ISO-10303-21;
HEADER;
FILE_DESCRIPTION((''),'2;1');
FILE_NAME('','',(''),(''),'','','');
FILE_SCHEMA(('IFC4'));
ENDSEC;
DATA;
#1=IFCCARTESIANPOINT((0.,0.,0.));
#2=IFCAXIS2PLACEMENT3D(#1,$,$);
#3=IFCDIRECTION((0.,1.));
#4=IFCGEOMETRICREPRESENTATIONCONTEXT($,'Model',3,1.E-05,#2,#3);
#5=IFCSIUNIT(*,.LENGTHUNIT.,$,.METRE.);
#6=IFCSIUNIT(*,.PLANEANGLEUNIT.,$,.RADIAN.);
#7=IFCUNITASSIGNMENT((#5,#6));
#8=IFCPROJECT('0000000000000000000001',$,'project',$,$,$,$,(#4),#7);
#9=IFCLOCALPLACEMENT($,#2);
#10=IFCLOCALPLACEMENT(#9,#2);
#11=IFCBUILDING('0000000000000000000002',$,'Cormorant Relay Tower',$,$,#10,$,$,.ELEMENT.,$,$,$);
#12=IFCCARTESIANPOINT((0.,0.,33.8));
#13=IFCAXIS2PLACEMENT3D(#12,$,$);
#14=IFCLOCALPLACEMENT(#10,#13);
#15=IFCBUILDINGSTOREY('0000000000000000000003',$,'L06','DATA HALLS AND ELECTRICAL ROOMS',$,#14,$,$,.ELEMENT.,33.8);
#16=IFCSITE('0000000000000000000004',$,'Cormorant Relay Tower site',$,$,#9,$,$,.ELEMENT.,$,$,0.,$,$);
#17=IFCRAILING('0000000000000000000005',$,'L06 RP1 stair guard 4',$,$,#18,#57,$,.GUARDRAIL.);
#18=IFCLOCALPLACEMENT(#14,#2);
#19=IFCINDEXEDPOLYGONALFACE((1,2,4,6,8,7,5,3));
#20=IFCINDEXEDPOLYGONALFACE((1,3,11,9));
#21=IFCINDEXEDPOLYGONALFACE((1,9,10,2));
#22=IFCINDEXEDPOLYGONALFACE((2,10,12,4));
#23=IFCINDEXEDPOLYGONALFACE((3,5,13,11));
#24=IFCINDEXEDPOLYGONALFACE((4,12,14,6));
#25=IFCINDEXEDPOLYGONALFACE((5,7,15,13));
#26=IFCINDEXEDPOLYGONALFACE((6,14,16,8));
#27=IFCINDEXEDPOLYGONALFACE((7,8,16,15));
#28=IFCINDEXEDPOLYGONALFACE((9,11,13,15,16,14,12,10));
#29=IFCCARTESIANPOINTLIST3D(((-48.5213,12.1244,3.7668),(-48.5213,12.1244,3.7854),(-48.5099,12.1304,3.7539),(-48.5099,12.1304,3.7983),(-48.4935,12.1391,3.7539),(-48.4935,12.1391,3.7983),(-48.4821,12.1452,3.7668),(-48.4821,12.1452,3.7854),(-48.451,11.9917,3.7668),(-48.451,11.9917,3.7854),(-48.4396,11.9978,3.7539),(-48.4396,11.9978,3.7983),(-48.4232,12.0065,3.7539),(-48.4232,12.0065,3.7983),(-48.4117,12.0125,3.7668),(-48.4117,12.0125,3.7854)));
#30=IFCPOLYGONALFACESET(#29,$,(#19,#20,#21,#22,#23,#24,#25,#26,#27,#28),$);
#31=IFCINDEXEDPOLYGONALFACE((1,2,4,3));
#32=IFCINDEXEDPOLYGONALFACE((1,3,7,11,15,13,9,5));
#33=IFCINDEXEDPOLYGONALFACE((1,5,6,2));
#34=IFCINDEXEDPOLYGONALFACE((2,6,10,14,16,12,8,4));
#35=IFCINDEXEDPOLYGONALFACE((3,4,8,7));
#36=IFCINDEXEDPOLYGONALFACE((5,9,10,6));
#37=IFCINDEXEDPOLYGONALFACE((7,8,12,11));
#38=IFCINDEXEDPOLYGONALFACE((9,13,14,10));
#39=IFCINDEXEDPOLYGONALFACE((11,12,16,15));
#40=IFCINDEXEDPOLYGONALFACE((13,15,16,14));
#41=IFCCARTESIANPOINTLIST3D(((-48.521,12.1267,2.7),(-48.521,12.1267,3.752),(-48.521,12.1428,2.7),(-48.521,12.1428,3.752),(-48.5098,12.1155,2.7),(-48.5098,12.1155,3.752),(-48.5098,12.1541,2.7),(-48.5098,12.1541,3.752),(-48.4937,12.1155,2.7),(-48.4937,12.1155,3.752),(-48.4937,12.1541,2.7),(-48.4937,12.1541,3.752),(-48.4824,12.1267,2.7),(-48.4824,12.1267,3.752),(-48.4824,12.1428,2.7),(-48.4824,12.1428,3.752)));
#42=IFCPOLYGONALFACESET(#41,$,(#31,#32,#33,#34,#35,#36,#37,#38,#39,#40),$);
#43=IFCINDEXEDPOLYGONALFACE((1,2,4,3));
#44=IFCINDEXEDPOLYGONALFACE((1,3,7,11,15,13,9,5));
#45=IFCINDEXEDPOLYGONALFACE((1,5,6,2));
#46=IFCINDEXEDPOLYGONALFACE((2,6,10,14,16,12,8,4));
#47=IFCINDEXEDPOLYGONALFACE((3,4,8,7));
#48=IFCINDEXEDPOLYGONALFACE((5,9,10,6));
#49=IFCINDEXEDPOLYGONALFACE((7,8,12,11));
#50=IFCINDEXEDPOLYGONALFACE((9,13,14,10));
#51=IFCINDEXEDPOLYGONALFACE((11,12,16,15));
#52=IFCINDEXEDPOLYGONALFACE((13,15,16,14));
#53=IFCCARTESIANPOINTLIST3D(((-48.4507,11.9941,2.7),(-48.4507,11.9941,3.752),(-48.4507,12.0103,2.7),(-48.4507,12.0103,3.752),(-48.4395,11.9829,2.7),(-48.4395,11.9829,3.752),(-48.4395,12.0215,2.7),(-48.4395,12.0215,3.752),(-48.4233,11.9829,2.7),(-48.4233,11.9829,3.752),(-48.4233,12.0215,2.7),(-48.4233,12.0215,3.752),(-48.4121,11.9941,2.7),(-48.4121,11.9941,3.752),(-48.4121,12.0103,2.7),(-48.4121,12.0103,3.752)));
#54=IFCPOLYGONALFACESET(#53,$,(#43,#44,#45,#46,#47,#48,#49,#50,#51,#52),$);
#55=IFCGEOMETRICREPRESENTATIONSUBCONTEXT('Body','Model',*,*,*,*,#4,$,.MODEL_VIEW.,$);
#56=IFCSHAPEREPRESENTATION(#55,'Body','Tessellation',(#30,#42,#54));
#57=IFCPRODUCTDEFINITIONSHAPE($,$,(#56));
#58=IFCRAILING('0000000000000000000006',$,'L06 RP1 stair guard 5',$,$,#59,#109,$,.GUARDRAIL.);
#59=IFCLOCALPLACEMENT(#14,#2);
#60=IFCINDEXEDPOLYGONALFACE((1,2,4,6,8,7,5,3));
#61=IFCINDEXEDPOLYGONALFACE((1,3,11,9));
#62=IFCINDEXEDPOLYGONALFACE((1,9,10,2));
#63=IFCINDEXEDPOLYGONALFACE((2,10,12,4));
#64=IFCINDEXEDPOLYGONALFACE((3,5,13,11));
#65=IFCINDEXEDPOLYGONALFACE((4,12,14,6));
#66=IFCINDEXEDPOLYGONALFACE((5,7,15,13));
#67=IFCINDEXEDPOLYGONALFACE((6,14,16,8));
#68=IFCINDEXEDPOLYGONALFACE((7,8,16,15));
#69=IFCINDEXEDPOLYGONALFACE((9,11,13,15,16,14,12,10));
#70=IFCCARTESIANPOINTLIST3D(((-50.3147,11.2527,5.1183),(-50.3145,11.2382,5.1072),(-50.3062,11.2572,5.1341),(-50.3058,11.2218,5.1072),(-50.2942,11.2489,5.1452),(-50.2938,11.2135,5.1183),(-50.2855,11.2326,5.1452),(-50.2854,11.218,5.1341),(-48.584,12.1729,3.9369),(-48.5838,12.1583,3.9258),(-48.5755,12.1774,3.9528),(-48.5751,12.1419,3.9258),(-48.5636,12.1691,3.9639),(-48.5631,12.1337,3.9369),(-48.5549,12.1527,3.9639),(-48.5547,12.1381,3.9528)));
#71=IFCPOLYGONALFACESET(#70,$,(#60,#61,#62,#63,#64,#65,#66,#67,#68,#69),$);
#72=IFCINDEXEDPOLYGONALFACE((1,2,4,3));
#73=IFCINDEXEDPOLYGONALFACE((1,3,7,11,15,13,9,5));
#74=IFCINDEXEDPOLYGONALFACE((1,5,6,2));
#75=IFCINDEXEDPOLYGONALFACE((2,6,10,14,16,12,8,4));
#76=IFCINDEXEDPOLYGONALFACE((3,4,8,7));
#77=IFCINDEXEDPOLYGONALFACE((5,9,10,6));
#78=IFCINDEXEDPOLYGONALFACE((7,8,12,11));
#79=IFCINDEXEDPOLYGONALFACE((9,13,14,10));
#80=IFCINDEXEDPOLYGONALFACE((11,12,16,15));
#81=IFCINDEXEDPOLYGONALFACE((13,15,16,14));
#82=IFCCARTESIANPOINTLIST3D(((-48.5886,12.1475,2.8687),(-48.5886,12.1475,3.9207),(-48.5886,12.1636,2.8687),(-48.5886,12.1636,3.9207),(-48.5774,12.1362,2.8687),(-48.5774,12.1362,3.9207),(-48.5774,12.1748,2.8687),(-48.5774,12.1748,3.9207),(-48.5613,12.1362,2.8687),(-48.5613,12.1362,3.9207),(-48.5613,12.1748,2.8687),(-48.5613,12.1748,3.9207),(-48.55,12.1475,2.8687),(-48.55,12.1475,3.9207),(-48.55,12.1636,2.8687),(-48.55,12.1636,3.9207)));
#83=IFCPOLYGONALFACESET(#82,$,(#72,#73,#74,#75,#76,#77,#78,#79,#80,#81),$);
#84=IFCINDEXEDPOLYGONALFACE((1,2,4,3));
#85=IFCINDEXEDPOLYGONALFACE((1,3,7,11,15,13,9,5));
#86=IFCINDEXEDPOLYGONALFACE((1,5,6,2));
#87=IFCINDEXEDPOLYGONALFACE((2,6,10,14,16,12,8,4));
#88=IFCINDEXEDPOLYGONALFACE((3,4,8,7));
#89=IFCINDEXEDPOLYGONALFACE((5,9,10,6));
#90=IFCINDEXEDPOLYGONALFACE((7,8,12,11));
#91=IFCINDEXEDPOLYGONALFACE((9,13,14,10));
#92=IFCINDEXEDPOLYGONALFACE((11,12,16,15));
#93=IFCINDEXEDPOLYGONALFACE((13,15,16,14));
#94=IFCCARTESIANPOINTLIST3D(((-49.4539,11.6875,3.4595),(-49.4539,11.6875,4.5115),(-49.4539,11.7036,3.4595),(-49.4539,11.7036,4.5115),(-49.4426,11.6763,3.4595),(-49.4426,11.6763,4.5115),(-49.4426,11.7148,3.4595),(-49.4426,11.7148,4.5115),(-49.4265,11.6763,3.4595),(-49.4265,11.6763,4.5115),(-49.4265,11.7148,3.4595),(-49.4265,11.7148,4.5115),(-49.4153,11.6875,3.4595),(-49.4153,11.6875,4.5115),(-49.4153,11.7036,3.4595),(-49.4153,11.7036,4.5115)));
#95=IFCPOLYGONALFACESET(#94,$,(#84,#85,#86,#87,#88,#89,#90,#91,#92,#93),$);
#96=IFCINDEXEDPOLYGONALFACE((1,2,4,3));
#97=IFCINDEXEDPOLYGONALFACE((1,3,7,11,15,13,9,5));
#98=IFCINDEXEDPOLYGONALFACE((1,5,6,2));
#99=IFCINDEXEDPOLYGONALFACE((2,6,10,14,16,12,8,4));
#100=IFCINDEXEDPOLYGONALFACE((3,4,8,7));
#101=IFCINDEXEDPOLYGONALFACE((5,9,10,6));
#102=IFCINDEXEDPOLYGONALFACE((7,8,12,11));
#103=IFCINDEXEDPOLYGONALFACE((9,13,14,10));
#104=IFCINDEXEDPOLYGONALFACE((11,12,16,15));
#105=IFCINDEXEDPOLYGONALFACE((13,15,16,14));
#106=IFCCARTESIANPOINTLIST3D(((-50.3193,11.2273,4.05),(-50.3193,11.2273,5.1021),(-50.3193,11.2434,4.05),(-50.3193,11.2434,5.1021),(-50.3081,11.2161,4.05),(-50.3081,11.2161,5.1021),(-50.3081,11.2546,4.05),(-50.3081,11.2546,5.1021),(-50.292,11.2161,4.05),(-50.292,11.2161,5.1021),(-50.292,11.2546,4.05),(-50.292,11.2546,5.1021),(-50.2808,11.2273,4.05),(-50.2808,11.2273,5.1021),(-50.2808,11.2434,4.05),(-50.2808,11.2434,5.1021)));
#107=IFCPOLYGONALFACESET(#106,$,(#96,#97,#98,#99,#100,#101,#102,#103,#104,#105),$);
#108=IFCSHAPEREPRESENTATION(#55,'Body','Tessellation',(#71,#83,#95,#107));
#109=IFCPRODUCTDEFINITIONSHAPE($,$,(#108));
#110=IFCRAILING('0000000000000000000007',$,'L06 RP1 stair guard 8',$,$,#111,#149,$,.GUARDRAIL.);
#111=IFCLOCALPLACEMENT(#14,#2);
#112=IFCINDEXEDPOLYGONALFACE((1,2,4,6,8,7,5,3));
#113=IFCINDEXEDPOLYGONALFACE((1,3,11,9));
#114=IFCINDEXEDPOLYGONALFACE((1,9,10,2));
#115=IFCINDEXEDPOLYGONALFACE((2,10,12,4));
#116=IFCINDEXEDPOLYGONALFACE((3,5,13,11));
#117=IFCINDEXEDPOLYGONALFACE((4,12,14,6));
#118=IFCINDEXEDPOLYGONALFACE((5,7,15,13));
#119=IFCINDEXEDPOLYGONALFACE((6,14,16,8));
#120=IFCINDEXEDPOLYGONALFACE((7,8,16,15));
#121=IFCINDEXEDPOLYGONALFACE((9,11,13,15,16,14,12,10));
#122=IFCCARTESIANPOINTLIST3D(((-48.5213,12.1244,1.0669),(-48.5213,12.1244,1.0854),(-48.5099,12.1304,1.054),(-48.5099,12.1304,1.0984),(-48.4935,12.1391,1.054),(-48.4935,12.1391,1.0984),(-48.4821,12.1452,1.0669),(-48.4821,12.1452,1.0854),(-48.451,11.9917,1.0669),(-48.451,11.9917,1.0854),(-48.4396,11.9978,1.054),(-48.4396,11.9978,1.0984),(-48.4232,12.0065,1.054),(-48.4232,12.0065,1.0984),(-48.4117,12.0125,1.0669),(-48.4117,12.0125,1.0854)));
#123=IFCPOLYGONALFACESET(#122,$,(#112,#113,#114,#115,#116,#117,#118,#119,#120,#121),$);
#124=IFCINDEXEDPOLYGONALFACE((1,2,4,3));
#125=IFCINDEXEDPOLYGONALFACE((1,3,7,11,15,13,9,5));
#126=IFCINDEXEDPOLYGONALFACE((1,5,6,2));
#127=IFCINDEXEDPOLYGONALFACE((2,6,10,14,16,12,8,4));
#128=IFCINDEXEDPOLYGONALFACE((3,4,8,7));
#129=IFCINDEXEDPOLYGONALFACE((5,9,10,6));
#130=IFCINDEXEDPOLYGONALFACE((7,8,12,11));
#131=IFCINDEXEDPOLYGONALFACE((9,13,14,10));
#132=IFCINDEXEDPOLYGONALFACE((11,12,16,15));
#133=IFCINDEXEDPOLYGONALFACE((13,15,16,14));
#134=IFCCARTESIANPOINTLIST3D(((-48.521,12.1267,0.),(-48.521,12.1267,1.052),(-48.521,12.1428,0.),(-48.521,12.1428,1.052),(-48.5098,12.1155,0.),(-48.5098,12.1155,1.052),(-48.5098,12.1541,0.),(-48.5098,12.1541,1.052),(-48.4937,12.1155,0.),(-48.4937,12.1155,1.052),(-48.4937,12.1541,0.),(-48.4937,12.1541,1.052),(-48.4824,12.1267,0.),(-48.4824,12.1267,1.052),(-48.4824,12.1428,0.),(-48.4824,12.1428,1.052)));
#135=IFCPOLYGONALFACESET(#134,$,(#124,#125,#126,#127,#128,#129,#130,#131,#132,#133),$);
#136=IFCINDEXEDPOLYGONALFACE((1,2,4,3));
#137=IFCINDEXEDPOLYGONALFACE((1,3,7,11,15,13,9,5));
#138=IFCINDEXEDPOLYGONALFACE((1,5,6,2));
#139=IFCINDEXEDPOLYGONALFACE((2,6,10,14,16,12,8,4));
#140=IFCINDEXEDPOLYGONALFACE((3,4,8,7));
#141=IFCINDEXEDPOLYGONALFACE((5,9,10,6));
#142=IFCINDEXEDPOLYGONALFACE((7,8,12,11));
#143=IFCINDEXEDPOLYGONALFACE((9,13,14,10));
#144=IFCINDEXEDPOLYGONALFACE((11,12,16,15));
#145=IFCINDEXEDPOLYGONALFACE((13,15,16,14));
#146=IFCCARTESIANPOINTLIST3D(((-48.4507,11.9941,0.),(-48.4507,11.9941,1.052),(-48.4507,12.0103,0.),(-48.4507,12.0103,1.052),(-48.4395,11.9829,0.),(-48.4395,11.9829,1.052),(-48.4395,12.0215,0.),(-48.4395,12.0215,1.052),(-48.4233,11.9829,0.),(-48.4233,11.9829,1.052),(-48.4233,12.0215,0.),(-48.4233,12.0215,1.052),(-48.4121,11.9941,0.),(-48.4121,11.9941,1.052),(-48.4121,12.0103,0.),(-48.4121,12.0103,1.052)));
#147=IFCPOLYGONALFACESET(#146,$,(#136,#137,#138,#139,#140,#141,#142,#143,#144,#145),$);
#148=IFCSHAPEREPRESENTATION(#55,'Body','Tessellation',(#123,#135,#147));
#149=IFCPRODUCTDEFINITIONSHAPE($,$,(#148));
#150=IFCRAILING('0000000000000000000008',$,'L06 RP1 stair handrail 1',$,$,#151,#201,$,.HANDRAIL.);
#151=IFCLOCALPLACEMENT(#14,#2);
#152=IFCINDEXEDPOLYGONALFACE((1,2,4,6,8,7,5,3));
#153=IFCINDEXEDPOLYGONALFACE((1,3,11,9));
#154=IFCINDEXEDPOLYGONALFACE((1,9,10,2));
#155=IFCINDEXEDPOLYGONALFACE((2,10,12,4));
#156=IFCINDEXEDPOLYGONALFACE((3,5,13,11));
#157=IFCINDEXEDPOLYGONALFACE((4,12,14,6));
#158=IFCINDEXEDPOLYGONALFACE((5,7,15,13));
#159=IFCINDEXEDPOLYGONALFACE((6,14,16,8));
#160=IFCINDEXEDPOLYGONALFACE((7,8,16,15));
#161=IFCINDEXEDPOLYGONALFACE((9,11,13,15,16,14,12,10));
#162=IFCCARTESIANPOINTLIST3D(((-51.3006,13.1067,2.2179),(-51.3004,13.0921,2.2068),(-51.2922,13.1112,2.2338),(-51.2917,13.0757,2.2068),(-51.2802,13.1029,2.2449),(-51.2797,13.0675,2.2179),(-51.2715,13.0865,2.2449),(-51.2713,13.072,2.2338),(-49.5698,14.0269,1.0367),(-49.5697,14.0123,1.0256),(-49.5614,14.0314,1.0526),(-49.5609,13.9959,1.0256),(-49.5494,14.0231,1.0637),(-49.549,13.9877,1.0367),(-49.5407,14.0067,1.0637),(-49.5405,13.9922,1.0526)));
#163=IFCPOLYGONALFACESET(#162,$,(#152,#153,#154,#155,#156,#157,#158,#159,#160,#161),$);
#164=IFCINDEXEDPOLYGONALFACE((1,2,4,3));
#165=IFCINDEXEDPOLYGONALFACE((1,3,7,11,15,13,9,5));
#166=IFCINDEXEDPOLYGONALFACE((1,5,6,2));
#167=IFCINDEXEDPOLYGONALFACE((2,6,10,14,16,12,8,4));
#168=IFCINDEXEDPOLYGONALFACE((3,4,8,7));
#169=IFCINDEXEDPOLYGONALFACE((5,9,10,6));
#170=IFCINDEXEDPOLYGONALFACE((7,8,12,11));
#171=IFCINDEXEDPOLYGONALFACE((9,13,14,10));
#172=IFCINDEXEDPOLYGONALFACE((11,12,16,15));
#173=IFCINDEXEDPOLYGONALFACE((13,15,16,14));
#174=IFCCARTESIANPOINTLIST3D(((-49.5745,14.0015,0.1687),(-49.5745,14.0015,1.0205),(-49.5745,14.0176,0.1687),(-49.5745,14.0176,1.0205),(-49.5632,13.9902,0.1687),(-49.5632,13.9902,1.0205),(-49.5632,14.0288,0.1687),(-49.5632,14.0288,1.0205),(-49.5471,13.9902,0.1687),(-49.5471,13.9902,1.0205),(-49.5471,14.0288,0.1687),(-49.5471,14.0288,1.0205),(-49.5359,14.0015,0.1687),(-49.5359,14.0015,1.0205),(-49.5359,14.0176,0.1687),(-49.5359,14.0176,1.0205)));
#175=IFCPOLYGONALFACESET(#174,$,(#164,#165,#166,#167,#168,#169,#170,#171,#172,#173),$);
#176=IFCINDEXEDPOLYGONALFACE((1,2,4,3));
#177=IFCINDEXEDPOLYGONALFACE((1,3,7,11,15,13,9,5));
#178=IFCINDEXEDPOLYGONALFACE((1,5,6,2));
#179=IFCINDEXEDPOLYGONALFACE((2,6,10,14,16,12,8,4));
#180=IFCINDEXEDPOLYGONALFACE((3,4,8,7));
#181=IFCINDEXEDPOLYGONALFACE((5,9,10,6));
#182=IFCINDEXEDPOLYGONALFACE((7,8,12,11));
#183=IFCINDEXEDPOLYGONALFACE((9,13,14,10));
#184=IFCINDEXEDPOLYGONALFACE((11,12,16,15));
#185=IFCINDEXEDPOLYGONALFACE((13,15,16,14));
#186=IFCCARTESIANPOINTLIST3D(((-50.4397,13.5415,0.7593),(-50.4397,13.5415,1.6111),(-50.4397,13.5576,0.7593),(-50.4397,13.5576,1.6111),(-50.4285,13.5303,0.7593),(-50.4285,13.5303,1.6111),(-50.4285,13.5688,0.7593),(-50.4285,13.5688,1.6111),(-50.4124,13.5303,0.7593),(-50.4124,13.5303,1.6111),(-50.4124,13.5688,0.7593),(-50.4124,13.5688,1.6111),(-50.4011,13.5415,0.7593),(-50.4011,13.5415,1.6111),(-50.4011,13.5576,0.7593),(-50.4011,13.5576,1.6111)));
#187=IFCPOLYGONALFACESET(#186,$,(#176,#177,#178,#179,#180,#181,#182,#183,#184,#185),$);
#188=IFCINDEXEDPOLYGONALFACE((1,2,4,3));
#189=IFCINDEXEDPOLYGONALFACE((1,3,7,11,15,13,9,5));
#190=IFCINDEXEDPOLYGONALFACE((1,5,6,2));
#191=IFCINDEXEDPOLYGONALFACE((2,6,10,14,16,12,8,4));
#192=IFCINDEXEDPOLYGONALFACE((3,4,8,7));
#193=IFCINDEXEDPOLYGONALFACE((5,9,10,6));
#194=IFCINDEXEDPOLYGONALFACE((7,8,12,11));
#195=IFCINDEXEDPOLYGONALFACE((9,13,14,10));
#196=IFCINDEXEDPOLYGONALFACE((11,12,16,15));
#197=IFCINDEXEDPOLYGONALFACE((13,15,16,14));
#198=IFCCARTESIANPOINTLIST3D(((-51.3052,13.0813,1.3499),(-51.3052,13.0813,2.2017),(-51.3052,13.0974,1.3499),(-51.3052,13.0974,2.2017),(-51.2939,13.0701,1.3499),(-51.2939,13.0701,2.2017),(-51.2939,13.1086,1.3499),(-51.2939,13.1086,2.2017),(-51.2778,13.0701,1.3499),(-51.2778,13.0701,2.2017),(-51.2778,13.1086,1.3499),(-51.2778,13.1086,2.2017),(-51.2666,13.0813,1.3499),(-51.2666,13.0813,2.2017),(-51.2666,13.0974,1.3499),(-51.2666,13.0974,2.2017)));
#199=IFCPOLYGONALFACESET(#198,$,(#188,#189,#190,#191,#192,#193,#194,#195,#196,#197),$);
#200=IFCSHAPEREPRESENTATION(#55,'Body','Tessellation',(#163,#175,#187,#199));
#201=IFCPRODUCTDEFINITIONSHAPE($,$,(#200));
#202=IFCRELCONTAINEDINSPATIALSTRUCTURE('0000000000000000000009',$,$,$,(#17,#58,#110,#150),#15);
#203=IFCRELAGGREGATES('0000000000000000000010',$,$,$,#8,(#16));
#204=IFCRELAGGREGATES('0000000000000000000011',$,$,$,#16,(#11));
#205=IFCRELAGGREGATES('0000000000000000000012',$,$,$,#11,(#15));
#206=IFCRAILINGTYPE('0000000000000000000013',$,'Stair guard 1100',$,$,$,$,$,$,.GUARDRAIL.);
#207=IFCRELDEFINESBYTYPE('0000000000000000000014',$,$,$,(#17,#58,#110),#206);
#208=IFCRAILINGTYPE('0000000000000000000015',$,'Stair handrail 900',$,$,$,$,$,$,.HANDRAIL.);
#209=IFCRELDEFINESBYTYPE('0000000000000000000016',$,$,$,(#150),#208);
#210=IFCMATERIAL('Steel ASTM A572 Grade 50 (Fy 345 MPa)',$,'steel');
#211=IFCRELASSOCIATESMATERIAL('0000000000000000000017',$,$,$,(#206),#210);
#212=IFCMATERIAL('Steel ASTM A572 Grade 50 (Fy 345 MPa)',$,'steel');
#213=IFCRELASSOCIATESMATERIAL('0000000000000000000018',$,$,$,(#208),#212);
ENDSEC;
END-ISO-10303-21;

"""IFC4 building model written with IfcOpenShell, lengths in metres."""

from ifc_helpers import new_model, si_unit, direction, frame, origin, place, context, subcontext, project, spatial, polyline, outline, extrude, material, type_object, element, save


model = new_model("IFC4")

# Units and contexts
model_context = context("Model", 3, precision=1e-05, world=origin(), true_north=direction((0.0, 1.0)))
body_context = subcontext(model_context, "Body", "Model", "MODEL_VIEW")
ifc_project = project(units=[si_unit("LENGTHUNIT", "METRE"), si_unit("PLANEANGLEUNIT", "RADIAN")], contexts=[model_context])

# Site, building, storey
site_placement = place(None, origin())
site = spatial("IfcSite", under=ifc_project, at=site_placement, Name="Cormorant Relay Tower site", CompositionType="ELEMENT", RefElevation=0.0)
building_placement = place(site_placement, origin())
building = spatial("IfcBuilding", under=site, at=building_placement, Name="Cormorant Relay Tower", CompositionType="ELEMENT")
storey_placement = place(building_placement, frame((0.0, 0.0, 33.8)))
storey = spatial("IfcBuildingStorey", under=building, at=storey_placement, Name="L06", Description="DATA HALLS AND ELECTRICAL ROOMS", CompositionType="ELEMENT", Elevation=33.8)

# Railings
ifc_material_1 = material(Name="Steel ASTM A572 Grade 50 (Fy 345 MPa)", Category="steel")
railing_type_1 = type_object("IfcRailingType", Name="Stair guard 1100", PredefinedType="GUARDRAIL", material=ifc_material_1)
railing_1_placement = place(storey_placement, frame((-48.5017, 12.1348, 2.7)))
element("IfcRailing", 1, at=railing_1_placement, inside=storey, type_object=railing_type_1, Name="L06 RP1 stair guard 4", PredefinedType="GUARDRAIL", context=body_context, shape_type="SweptSolid", body=[
    extrude(outline(polyline([(0.0222, 0.0093), (0.0093, 0.0222), (-0.0093, 0.0222), (-0.0222, 0.0093), (-0.0222, -0.0093), (-0.0093, -0.0222), (0.0093, -0.0222), (0.0222, -0.0093), (0.0222, 0.0093)])), frame((0.0, 0.0, 1.0762), z_axis=(0.46856, -0.883431, 0.0), x_axis=(0.883431, 0.46856, 0.0)), (0.0, 0.0, 1.0), 0.1501),
    extrude(outline(polyline([(0.0193, 0.0081), (0.0081, 0.0193), (-0.0081, 0.0193), (-0.0193, 0.0081), (-0.0193, -0.0081), (-0.0081, -0.0193), (0.0081, -0.0193), (0.0193, -0.0081), (0.0193, 0.0081)])), origin(), (0.0, 0.0, 1.0), 1.052),
    extrude(outline(polyline([(0.0193, 0.0081), (0.0081, 0.0193), (-0.0081, 0.0193), (-0.0193, 0.0081), (-0.0193, -0.0081), (-0.0081, -0.0193), (0.0081, -0.0193), (0.0193, -0.0081), (0.0193, 0.0081)])), frame((0.0703, -0.1326, 0.0)), (0.0, 0.0, 1.0), 1.052),
])
railing_2_placement = place(storey_placement, frame((-48.5693, 12.1555, 2.8687)))
element("IfcRailing", 2, at=railing_2_placement, inside=storey, type_object=railing_type_1, Name="L06 RP1 stair guard 5", PredefinedType="GUARDRAIL", context=body_context, shape_type="SweptSolid", body=[
    extrude(outline(polyline([(0.0222, 0.0093), (0.0093, 0.0222), (-0.0093, 0.0222), (-0.0222, 0.0093), (-0.0222, -0.0093), (-0.0093, -0.0222), (0.0093, -0.0222), (0.0222, -0.0093), (0.0222, 0.0093)])), frame((0.0, 0.0, 1.0762), z_axis=(-0.756226, -0.402062, 0.516205), x_axis=(0.469444, -0.882962, 0.0)), (0.0, 0.0, 1.0), 2.2886),
    extrude(outline(polyline([(0.0193, 0.0081), (0.0081, 0.0193), (-0.0081, 0.0193), (-0.0193, 0.0081), (-0.0193, -0.0081), (-0.0081, -0.0193), (0.0081, -0.0193), (0.0193, -0.0081), (0.0193, 0.0081)])), origin(), (0.0, 0.0, 1.0), 1.052),
    extrude(outline(polyline([(0.0193, 0.0081), (0.0081, 0.0193), (-0.0081, 0.0193), (-0.0193, 0.0081), (-0.0193, -0.0081), (-0.0081, -0.0193), (0.0081, -0.0193), (0.0193, -0.0081), (0.0193, 0.0081)])), frame((-0.8652, -0.46, 0.5908)), (0.0, 0.0, 1.0), 1.052),
    extrude(outline(polyline([(0.0193, 0.0081), (0.0081, 0.0193), (-0.0081, 0.0193), (-0.0193, 0.0081), (-0.0193, -0.0081), (-0.0081, -0.0193), (0.0081, -0.0193), (0.0193, -0.0081), (0.0193, 0.0081)])), frame((-1.7307, -0.9202, 1.1814)), (0.0, 0.0, 1.0), 1.052),
])
railing_3_placement = place(storey_placement, frame((-48.5017, 12.1348, 0.0)))
element("IfcRailing", 3, at=railing_3_placement, inside=storey, type_object=railing_type_1, Name="L06 RP1 stair guard 8", PredefinedType="GUARDRAIL", context=body_context, shape_type="SweptSolid", body=[
    extrude(outline(polyline([(0.0222, 0.0093), (0.0093, 0.0222), (-0.0093, 0.0222), (-0.0222, 0.0093), (-0.0222, -0.0093), (-0.0093, -0.0222), (0.0093, -0.0222), (0.0222, -0.0093), (0.0222, 0.0093)])), frame((0.0, 0.0, 1.0762), z_axis=(0.46856, -0.883431, 0.0), x_axis=(0.883431, 0.46856, 0.0)), (0.0, 0.0, 1.0), 0.1501),
    extrude(outline(polyline([(0.0193, 0.0081), (0.0081, 0.0193), (-0.0081, 0.0193), (-0.0193, 0.0081), (-0.0193, -0.0081), (-0.0081, -0.0193), (0.0081, -0.0193), (0.0193, -0.0081), (0.0193, 0.0081)])), origin(), (0.0, 0.0, 1.0), 1.052),
    extrude(outline(polyline([(0.0193, 0.0081), (0.0081, 0.0193), (-0.0081, 0.0193), (-0.0193, 0.0081), (-0.0193, -0.0081), (-0.0081, -0.0193), (0.0081, -0.0193), (0.0193, -0.0081), (0.0193, 0.0081)])), frame((0.0703, -0.1326, 0.0)), (0.0, 0.0, 1.0), 1.052),
])
ifc_material_2 = material(Name="Steel ASTM A572 Grade 50 (Fy 345 MPa)", Category="steel")
railing_type_2 = type_object("IfcRailingType", Name="Stair handrail 900", PredefinedType="HANDRAIL", material=ifc_material_2)
railing_4_placement = place(storey_placement, frame((-49.5552, 14.0095, 0.1687)))
element("IfcRailing", 4, at=railing_4_placement, inside=storey, type_object=railing_type_2, Name="L06 RP1 stair handrail 1", PredefinedType="HANDRAIL", context=body_context, shape_type="SweptSolid", body=[
    extrude(outline(polyline([(0.0222, 0.0093), (0.0093, 0.0222), (-0.0093, 0.0222), (-0.0222, 0.0093), (-0.0222, -0.0093), (-0.0093, -0.0222), (0.0093, -0.0222), (0.0222, -0.0093), (0.0222, 0.0093)])), frame((0.0, 0.0, 0.876), z_axis=(-0.756268, -0.402084, 0.516127), x_axis=(0.469444, -0.882962, 0.0)), (0.0, 0.0, 1.0), 2.2886),
    extrude(outline(polyline([(0.0193, 0.0081), (0.0081, 0.0193), (-0.0081, 0.0193), (-0.0193, 0.0081), (-0.0193, -0.0081), (-0.0081, -0.0193), (0.0081, -0.0193), (0.0193, -0.0081), (0.0193, 0.0081)])), origin(), (0.0, 0.0, 1.0), 0.8518),
    extrude(outline(polyline([(0.0193, 0.0081), (0.0081, 0.0193), (-0.0081, 0.0193), (-0.0193, 0.0081), (-0.0193, -0.0081), (-0.0081, -0.0193), (0.0081, -0.0193), (0.0193, -0.0081), (0.0193, 0.0081)])), frame((-0.8652, -0.46, 0.5906)), (0.0, 0.0, 1.0), 0.8518),
    extrude(outline(polyline([(0.0193, 0.0081), (0.0081, 0.0193), (-0.0081, 0.0193), (-0.0193, 0.0081), (-0.0193, -0.0081), (-0.0081, -0.0193), (0.0081, -0.0193), (0.0193, -0.0081), (0.0193, 0.0081)])), frame((-1.7307, -0.9202, 1.1812)), (0.0, 0.0, 1.0), 0.8518),
])

save(model, "model.ifc")
